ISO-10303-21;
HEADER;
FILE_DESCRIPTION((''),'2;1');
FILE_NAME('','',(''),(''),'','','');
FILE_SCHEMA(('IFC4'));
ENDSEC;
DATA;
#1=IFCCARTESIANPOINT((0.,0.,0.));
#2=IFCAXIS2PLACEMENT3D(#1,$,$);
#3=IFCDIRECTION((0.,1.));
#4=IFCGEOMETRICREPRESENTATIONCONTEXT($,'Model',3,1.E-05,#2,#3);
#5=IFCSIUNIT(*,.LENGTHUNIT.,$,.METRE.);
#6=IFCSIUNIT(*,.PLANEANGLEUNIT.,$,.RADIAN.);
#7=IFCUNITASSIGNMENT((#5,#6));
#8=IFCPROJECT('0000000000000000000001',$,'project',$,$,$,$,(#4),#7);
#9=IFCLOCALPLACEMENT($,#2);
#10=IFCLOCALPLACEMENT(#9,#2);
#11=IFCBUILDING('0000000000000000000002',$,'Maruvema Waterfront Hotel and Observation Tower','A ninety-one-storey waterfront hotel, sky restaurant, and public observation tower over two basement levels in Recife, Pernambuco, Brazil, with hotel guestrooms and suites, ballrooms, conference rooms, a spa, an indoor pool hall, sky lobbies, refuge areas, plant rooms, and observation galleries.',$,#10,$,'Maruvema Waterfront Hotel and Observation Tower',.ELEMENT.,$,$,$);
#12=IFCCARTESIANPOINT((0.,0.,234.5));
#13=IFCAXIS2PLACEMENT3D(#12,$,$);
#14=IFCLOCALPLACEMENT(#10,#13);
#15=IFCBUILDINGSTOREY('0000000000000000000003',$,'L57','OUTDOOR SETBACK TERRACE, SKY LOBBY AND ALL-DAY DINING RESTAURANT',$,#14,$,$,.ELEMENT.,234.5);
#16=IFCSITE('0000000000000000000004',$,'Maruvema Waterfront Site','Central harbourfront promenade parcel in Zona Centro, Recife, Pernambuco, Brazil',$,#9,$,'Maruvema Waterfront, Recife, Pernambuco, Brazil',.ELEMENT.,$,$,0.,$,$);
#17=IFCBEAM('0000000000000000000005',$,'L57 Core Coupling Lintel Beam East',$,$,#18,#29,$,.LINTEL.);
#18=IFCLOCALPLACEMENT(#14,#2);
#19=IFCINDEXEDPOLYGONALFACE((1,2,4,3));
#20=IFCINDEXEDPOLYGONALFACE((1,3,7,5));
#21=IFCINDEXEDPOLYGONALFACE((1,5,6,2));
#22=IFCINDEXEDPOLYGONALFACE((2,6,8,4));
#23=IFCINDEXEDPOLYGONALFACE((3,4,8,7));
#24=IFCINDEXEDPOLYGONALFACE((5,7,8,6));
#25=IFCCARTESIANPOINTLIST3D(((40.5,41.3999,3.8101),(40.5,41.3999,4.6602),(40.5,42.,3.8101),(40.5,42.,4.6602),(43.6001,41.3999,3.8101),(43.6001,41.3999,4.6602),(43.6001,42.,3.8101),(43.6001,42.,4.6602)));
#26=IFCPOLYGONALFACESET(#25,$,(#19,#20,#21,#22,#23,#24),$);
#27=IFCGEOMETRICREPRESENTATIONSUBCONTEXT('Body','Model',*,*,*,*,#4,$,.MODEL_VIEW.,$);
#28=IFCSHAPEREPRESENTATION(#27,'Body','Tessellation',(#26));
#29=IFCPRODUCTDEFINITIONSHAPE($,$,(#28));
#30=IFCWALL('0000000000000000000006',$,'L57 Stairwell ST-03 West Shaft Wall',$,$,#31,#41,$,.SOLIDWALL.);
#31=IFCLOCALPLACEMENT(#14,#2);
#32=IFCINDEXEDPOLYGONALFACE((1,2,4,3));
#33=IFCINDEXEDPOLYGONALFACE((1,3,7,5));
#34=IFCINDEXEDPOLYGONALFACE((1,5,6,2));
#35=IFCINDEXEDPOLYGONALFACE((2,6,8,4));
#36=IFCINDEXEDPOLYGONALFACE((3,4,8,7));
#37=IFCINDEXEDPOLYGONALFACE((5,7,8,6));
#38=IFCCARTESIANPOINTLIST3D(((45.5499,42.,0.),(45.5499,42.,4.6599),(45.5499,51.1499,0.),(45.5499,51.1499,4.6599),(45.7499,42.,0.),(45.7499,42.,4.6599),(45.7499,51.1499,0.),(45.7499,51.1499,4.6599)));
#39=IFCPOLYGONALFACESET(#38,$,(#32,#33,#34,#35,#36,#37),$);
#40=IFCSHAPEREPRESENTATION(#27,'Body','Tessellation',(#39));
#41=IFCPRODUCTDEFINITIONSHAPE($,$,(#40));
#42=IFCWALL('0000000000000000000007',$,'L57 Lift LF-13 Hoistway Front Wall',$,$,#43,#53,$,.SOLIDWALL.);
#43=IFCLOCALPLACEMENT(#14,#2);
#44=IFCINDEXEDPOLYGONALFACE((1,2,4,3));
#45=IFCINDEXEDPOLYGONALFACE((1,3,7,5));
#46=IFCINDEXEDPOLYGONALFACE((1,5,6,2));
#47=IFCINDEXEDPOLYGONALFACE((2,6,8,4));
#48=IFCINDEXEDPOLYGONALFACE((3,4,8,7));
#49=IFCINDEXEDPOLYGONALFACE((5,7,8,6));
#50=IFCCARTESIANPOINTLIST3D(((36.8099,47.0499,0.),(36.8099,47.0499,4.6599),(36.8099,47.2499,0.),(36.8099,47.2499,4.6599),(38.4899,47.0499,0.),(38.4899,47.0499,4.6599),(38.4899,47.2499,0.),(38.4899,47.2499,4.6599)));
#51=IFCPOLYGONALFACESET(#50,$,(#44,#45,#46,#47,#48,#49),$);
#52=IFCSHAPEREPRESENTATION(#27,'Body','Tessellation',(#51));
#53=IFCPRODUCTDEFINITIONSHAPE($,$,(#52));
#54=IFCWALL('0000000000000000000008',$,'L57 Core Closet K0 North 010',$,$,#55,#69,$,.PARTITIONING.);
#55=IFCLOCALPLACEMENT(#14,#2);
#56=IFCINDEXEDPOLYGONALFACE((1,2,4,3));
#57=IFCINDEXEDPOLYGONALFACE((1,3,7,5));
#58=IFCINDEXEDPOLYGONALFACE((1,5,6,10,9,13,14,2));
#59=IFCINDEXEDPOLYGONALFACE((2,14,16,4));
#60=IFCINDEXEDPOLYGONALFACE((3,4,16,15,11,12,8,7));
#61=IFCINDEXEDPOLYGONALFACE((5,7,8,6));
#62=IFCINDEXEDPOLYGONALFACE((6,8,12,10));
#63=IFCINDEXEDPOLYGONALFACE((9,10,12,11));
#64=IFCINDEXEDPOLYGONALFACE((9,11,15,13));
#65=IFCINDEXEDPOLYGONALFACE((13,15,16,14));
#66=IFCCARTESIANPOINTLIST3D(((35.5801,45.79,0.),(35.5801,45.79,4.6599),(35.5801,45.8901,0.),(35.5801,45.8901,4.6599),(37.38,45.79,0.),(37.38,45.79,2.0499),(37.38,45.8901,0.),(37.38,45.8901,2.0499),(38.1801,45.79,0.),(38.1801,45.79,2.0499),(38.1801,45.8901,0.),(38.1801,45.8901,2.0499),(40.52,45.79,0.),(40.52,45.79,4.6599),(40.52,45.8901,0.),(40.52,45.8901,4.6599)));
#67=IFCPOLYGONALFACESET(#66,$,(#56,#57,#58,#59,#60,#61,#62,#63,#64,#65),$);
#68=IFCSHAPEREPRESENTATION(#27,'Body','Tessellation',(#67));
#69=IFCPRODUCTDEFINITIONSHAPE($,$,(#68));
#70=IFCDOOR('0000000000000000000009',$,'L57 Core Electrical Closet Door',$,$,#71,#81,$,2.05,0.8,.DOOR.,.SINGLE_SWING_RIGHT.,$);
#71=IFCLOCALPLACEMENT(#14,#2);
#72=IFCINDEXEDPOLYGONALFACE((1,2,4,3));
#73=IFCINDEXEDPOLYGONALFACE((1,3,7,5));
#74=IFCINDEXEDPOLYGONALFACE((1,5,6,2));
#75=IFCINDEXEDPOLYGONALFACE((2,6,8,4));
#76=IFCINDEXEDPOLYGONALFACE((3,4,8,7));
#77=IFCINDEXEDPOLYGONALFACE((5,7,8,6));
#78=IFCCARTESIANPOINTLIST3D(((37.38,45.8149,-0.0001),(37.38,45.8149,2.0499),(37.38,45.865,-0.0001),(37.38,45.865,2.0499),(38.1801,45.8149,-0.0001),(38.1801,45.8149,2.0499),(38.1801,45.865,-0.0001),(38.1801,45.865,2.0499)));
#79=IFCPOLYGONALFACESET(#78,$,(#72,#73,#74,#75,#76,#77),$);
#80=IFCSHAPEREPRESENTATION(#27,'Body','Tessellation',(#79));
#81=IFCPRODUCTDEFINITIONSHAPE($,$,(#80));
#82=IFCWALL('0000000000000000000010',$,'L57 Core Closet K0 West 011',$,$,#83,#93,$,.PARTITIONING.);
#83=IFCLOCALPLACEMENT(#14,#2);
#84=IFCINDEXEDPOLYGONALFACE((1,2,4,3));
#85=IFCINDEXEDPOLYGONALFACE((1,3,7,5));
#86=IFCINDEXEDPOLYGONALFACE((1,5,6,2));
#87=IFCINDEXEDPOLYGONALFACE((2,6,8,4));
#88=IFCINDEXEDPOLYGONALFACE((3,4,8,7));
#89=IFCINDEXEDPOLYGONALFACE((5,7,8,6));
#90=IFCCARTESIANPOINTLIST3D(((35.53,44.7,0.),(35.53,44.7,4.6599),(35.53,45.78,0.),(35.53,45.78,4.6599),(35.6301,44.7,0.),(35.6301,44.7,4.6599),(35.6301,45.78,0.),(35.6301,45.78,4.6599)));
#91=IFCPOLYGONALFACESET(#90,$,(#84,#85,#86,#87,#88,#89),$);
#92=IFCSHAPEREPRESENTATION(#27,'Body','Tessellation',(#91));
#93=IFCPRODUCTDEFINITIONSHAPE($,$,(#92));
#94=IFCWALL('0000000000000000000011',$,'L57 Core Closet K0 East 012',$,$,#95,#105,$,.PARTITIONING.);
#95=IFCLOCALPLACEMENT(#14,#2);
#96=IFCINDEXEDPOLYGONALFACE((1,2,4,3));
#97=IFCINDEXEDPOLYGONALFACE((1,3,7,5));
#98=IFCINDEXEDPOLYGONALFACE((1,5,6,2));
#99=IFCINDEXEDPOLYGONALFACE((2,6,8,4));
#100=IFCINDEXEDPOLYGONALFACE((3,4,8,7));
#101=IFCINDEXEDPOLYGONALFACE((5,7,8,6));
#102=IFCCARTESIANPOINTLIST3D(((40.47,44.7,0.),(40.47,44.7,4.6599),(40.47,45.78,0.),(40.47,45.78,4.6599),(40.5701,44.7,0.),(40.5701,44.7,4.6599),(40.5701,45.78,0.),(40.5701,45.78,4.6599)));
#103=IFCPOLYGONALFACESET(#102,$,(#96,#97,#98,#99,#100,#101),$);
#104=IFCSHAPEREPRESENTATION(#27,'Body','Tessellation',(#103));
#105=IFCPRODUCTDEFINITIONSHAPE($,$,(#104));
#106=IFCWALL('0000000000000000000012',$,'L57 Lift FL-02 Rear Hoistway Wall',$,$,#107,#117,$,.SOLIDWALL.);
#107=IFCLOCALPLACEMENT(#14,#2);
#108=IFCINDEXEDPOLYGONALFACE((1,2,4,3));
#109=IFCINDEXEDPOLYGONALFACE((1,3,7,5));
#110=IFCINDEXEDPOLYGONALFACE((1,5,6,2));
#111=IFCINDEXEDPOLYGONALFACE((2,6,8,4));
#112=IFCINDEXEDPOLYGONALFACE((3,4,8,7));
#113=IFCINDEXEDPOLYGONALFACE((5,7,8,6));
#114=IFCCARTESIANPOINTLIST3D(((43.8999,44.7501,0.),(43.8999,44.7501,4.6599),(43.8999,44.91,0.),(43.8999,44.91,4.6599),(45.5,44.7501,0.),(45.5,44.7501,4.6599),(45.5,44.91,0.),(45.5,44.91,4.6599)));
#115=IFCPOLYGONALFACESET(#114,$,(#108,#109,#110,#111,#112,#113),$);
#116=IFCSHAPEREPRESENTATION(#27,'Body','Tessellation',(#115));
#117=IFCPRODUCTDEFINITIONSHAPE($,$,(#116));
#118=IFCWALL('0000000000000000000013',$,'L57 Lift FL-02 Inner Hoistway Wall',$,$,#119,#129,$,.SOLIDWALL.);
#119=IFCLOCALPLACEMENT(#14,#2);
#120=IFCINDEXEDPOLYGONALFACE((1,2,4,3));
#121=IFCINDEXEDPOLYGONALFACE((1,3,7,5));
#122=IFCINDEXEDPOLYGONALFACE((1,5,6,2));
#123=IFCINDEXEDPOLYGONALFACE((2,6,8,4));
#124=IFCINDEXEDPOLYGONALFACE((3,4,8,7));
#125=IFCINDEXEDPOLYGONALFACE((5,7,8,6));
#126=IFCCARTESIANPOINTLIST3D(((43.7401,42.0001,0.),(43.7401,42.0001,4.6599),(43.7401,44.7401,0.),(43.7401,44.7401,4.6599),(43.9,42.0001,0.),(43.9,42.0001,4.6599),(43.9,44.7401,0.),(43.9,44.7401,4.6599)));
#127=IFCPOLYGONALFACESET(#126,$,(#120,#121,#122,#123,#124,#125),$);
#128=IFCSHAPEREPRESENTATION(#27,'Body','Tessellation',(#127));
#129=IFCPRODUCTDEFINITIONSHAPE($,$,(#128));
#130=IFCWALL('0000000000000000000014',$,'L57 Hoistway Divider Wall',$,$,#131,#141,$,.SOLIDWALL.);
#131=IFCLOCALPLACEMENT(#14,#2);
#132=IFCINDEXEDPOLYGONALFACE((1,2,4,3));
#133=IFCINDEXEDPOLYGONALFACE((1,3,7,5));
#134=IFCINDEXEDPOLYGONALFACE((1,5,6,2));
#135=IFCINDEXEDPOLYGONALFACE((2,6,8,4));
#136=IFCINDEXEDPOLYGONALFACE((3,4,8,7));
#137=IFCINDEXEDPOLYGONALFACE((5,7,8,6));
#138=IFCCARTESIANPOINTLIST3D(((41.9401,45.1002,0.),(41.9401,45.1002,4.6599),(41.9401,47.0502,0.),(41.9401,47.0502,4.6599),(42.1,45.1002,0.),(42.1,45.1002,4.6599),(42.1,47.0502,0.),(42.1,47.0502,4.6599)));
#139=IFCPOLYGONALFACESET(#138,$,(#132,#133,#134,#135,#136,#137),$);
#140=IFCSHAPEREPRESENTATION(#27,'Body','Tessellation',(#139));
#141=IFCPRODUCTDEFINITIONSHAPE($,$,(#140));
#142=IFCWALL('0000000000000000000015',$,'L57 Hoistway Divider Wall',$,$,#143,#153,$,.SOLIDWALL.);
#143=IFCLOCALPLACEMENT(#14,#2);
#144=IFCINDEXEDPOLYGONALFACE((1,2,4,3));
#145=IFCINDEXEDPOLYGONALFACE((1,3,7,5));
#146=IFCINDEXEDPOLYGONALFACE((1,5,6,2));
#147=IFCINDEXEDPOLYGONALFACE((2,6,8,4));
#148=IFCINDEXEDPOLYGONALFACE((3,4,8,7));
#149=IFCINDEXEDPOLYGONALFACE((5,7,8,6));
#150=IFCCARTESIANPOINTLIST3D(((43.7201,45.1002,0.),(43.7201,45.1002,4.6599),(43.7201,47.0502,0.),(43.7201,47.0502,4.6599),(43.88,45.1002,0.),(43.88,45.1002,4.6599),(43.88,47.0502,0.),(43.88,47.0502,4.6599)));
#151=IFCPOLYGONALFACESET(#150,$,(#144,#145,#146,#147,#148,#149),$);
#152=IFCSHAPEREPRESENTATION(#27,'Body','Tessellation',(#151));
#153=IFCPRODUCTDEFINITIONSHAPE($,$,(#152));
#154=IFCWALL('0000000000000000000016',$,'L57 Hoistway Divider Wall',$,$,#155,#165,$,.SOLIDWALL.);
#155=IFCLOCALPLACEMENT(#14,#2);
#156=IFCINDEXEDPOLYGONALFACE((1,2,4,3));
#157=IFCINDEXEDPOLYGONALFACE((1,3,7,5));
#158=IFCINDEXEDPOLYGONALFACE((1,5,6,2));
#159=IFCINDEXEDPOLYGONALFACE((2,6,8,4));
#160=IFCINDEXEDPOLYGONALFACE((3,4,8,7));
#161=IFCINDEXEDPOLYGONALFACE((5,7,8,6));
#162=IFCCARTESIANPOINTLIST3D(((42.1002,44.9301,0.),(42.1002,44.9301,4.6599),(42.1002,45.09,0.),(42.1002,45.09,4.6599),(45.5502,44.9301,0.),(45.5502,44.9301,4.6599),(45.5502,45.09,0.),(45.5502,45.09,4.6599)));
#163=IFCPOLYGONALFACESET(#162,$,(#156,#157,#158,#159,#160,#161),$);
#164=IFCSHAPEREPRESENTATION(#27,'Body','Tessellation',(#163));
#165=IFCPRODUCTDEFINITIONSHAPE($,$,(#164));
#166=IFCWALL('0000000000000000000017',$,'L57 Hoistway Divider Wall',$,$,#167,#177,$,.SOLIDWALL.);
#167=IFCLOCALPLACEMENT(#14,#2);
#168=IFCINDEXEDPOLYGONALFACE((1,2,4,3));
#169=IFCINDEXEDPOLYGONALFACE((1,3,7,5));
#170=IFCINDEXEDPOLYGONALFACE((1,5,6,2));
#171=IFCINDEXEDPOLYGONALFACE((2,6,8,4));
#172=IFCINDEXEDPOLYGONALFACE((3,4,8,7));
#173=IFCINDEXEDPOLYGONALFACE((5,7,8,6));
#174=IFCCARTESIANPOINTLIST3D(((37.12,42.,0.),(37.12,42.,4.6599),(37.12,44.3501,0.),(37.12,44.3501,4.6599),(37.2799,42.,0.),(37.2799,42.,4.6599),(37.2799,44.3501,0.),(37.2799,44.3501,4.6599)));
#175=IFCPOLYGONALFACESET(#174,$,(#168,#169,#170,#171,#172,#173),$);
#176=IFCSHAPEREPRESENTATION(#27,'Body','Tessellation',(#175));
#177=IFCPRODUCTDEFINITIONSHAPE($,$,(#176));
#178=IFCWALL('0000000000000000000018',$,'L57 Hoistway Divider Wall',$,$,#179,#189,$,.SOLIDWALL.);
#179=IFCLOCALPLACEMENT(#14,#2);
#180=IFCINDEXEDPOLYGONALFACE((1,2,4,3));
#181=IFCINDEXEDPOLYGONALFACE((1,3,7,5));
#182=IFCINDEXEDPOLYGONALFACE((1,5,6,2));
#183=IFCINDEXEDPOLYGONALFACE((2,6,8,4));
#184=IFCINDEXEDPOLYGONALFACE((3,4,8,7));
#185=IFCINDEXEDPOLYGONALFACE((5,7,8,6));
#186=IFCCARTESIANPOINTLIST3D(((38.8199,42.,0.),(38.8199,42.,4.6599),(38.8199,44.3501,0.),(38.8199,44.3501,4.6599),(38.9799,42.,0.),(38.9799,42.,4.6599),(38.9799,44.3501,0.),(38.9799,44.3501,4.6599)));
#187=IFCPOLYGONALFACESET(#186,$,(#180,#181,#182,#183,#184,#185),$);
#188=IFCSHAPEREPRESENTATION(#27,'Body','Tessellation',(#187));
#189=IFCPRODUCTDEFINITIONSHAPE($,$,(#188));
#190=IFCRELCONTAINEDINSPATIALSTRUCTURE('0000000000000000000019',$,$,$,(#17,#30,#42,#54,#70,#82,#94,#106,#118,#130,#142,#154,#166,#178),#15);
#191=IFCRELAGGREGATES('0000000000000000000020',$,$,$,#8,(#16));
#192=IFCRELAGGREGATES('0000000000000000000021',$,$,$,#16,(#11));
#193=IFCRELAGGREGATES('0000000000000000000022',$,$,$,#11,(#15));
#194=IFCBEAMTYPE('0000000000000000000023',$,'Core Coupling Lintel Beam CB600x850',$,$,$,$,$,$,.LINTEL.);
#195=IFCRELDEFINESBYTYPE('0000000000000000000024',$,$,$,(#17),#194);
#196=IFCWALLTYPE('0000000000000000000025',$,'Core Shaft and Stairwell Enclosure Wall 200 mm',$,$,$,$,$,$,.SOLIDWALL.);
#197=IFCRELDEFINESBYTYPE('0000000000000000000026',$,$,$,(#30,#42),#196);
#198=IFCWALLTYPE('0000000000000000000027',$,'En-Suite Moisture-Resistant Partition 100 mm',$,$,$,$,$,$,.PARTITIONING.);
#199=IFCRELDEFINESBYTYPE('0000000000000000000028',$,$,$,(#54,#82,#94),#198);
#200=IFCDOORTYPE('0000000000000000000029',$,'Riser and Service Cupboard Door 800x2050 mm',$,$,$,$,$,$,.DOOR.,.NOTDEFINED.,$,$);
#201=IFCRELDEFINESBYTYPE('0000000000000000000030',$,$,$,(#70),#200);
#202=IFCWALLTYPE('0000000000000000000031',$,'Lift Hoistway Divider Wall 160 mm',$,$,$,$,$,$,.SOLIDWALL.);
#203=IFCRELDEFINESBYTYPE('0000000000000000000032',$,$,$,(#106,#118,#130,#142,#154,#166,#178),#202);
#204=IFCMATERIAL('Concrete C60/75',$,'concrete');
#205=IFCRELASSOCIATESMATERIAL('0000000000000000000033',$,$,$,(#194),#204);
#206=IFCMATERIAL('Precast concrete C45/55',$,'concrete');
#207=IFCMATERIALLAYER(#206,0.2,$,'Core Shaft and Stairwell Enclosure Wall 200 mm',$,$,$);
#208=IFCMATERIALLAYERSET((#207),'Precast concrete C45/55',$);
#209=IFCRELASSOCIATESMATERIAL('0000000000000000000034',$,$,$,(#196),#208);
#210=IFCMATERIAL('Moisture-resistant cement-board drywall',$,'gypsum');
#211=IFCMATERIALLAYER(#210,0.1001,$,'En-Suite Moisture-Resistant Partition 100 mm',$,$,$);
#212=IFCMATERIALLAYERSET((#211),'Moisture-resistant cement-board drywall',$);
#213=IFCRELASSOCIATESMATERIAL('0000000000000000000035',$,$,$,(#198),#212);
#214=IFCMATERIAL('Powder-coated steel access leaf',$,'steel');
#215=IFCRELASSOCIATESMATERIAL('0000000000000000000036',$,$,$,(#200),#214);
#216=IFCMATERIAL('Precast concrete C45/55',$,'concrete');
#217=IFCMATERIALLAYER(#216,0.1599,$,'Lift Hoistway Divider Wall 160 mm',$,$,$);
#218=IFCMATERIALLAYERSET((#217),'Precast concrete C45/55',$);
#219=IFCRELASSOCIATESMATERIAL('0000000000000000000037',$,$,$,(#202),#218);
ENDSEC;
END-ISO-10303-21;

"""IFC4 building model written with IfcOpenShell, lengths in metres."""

from ifc_helpers import new_model, si_unit, direction, frame, frame_2d, origin, origin_2d, place, context, subcontext, project, spatial, rectangle, extrude, material, layer, layer_set, material_profile, profile_set, type_object, element, fill, save


model = new_model("IFC4")

# Units and contexts
model_context = context("Model", 3, precision=1e-05, world=origin(), true_north=direction((0.0, 1.0)))
body_context = subcontext(model_context, "Body", "Model", "MODEL_VIEW")
ifc_project = project(units=[si_unit("LENGTHUNIT", "METRE"), si_unit("PLANEANGLEUNIT", "RADIAN")], contexts=[model_context])

# Site, building, storey
site_placement = place(None, origin())
site = spatial("IfcSite", under=ifc_project, at=site_placement, Name="Maruvema Waterfront Site", Description="Central harbourfront promenade parcel in Zona Centro, Recife, Pernambuco, Brazil", LongName="Maruvema Waterfront, Recife, Pernambuco, Brazil", CompositionType="ELEMENT", RefElevation=0.0)
building_placement = place(site_placement, origin())
building = spatial("IfcBuilding", under=site, at=building_placement, Name="Maruvema Waterfront Hotel and Observation Tower", Description="A ninety-one-storey waterfront hotel, sky restaurant, and public observation tower over two basement levels in Recife, Pernambuco, Brazil, with hotel guestrooms and suites, ballrooms, conference rooms, a spa, an indoor pool hall, sky lobbies, refuge areas, plant rooms, and observation galleries.", LongName="Maruvema Waterfront Hotel and Observation Tower", CompositionType="ELEMENT")
storey_placement = place(building_placement, frame((0.0, 0.0, 234.5)))
storey = spatial("IfcBuildingStorey", under=building, at=storey_placement, Name="L57", Description="OUTDOOR SETBACK TERRACE, SKY LOBBY AND ALL-DAY DINING RESTAURANT", CompositionType="ELEMENT", Elevation=234.5)

# Beam
ifc_material_1 = material(Name="Concrete C60/75", Category="concrete")
ifc_material_profile = material_profile(ifc_material_1, rectangle(XDim=0.6001, YDim=0.8501, at=origin_2d()), Name="CB600x850")
ifc_profile_set = profile_set([ifc_material_profile], Name="Concrete C60/75")
beam_type = type_object("IfcBeamType", Name="Core Coupling Lintel Beam CB600x850", PredefinedType="LINTEL", material=ifc_profile_set)
beam_placement = place(storey_placement, frame((40.5, 41.7, 4.2351), z_axis=(1.0, 0.0, 0.0), x_axis=(0.0, 1.0, 0.0)))
element("IfcBeam", 1, at=beam_placement, inside=storey, type_object=beam_type, Name="L57 Core Coupling Lintel Beam East", PredefinedType="LINTEL", context=body_context, shape_type="SweptSolid", body=[
    extrude(rectangle(XDim=0.6001, YDim=0.8501, at=origin_2d()), origin(), (0.0, 0.0, 1.0), 3.1001),
])

# Wall
ifc_material_2 = material(Name="Precast concrete C45/55", Category="concrete")
ifc_layer_1 = layer(ifc_material_2, 0.2, Name="Core Shaft and Stairwell Enclosure Wall 200 mm")
ifc_layer_set_1 = layer_set([ifc_layer_1], Name="Precast concrete C45/55")
wall_type_1 = type_object("IfcWallType", Name="Core Shaft and Stairwell Enclosure Wall 200 mm", PredefinedType="SOLIDWALL", material=ifc_layer_set_1)
wall_1_placement = place(storey_placement, frame((45.6499, 42.0, 0.0), z_axis=(0.0, 0.0, 1.0), x_axis=(0.0, 1.0, 0.0)))
element("IfcWall", 2, at=wall_1_placement, inside=storey, type_object=wall_type_1, Name="L57 Stairwell ST-03 West Shaft Wall", PredefinedType="SOLIDWALL", context=body_context, shape_type="SweptSolid", body=[
    extrude(rectangle(XDim=9.1499, YDim=0.2, at=frame_2d((4.575, 0.0))), origin(), (0.0, 0.0, 1.0), 4.6599),
])

# Wall
wall_2_placement = place(storey_placement, frame((36.8101, 47.1499, 0.0), z_axis=(0.0, 0.0, 1.0), x_axis=(1.0, 0.0, 0.0)))
element("IfcWall", 3, at=wall_2_placement, inside=storey, type_object=wall_type_1, Name="L57 Lift LF-13 Hoistway Front Wall", PredefinedType="SOLIDWALL", context=body_context, shape_type="SweptSolid", body=[
    extrude(rectangle(XDim=1.6799, YDim=0.2, at=frame_2d((0.8398, 0.0))), origin(), (0.0, 0.0, 1.0), 4.6599),
])

# Wall, opening, door
ifc_material_3 = material(Name="Moisture-resistant cement-board drywall", Category="gypsum")
ifc_layer_2 = layer(ifc_material_3, 0.1001, Name="En-Suite Moisture-Resistant Partition 100 mm")
ifc_layer_set_2 = layer_set([ifc_layer_2], Name="Moisture-resistant cement-board drywall")
wall_type_2 = type_object("IfcWallType", Name="En-Suite Moisture-Resistant Partition 100 mm", PredefinedType="PARTITIONING", material=ifc_layer_set_2)
wall_3_placement = place(storey_placement, frame((35.5801, 45.8401, 0.0), z_axis=(0.0, 0.0, 1.0), x_axis=(1.0, 0.0, 0.0)))
wall_3 = element("IfcWall", 4, at=wall_3_placement, inside=storey, type_object=wall_type_2, Name="L57 Core Closet K0 North 010", PredefinedType="PARTITIONING", context=body_context, shape_type="SweptSolid", body=[
    extrude(rectangle(XDim=4.9399, YDim=0.1001, at=frame_2d((2.47, 0.0))), origin(), (0.0, 0.0, 1.0), 4.6599),
])
opening_1_placement = place(wall_3_placement, frame((1.8, 0.0, 0.0)))
opening_1 = element("IfcOpeningElement", 5, at=opening_1_placement, cuts=wall_3, PredefinedType="OPENING", context=body_context, shape_type="SweptSolid", body=[
    extrude(rectangle(XDim=0.8, YDim=2.05, at=frame_2d((0.3999, 1.0249))), frame((0.0, 0.0601, 0.0), z_axis=(0.0, -1.0, 0.0), x_axis=(1.0, 0.0, 0.0)), (0.0, 0.0, 1.0), 0.1201),
])
ifc_material_4 = material(Name="Powder-coated steel access leaf", Category="steel")
door_type_1 = type_object("IfcDoorType", Name="Riser and Service Cupboard Door 800x2050 mm", OperationType="NOTDEFINED", PredefinedType="DOOR", material=ifc_material_4)
door_1_placement = place(opening_1_placement, origin())
door_1 = element("IfcDoor", 6, at=door_1_placement, inside=storey, type_object=door_type_1, Name="L57 Core Electrical Closet Door", OperationType="SINGLE_SWING_RIGHT", OverallHeight=2.05, OverallWidth=0.8, PredefinedType="DOOR", context=body_context, shape_type="SweptSolid", body=[
    extrude(rectangle(XDim=0.8, YDim=2.05, at=frame_2d((0.3999, 1.0249))), frame((0.0, 0.0249, 0.0), z_axis=(0.0, -1.0, 0.0), x_axis=(1.0, 0.0, 0.0)), (0.0, 0.0, 1.0), 0.05),
])
fill(opening_1, door_1)

# Walls
for number, where, z_axis, x_axis, name in (
    (7, (35.5801, 44.7, 0.0), (0.0, 0.0, 1.0), (0.0, 1.0, 0.0), "L57 Core Closet K0 West 011"),
    (8, (40.52, 44.7, 0.0), (0.0, 0.0, 1.0), (0.0, 1.0, 0.0), "L57 Core Closet K0 East 012"),
):
    element("IfcWall", number, at=place(storey_placement, frame(where, z_axis=z_axis, x_axis=x_axis)), inside=storey, type_object=wall_type_2, Name=name, PredefinedType="PARTITIONING", context=body_context, shape_type="SweptSolid", body=[
        extrude(rectangle(XDim=1.0801, YDim=0.1001, at=frame_2d((0.54, 0.0))), origin(), (0.0, 0.0, 1.0), 4.6599),
    ])
ifc_material_5 = material(Name="Precast concrete C45/55", Category="concrete")
ifc_layer_3 = layer(ifc_material_5, 0.1599, Name="Lift Hoistway Divider Wall 160 mm")
ifc_layer_set_3 = layer_set([ifc_layer_3], Name="Precast concrete C45/55")
wall_type_3 = type_object("IfcWallType", Name="Lift Hoistway Divider Wall 160 mm", PredefinedType="SOLIDWALL", material=ifc_layer_set_3)
wall_4_placement = place(storey_placement, frame((43.8999, 44.8301, 0.0), z_axis=(0.0, 0.0, 1.0), x_axis=(1.0, 0.0, 0.0)))
element("IfcWall", 9, at=wall_4_placement, inside=storey, type_object=wall_type_3, Name="L57 Lift FL-02 Rear Hoistway Wall", PredefinedType="SOLIDWALL", context=body_context, shape_type="SweptSolid", body=[
    extrude(rectangle(XDim=1.6001, YDim=0.1599, at=frame_2d((0.8, 0.0))), origin(), (0.0, 0.0, 1.0), 4.6599),
])
wall_5_placement = place(storey_placement, frame((43.8201, 42.0, 0.0), z_axis=(0.0, 0.0, 1.0), x_axis=(0.0, 1.0, 0.0)))
element("IfcWall", 10, at=wall_5_placement, inside=storey, type_object=wall_type_3, Name="L57 Lift FL-02 Inner Hoistway Wall", PredefinedType="SOLIDWALL", context=body_context, shape_type="SweptSolid", body=[
    extrude(rectangle(XDim=2.74, YDim=0.1599, at=frame_2d((1.3701, 0.0))), origin(), (0.0, 0.0, 1.0), 4.6599),
])
for number, where, z_axis, x_axis, name in (
    (11, (42.02, 45.1001, 0.0), (0.0, 0.0, 1.0), (0.0, 1.0, 0.0), "L57 Hoistway Divider Wall"),
    (12, (43.8, 45.1001, 0.0), (0.0, 0.0, 1.0), (0.0, 1.0, 0.0), "L57 Hoistway Divider Wall"),
):
    element("IfcWall", number, at=place(storey_placement, frame(where, z_axis=z_axis, x_axis=x_axis)), inside=storey, type_object=wall_type_3, Name=name, PredefinedType="SOLIDWALL", context=body_context, shape_type="SweptSolid", body=[
        extrude(rectangle(XDim=1.95, YDim=0.1599, at=frame_2d((0.9751, 0.0))), origin(), (0.0, 0.0, 1.0), 4.6599),
    ])
wall_6_placement = place(storey_placement, frame((42.1001, 45.01, 0.0), z_axis=(0.0, 0.0, 1.0), x_axis=(1.0, 0.0, 0.0)))
element("IfcWall", 13, at=wall_6_placement, inside=storey, type_object=wall_type_3, Name="L57 Hoistway Divider Wall", PredefinedType="SOLIDWALL", context=body_context, shape_type="SweptSolid", body=[
    extrude(rectangle(XDim=3.45, YDim=0.1599, at=frame_2d((1.7251, 0.0))), origin(), (0.0, 0.0, 1.0), 4.6599),
])
for number, where, z_axis, x_axis, name in (
    (14, (37.2, 42.0, 0.0), (0.0, 0.0, 1.0), (0.0, 1.0, 0.0), "L57 Hoistway Divider Wall"),
    (15, (38.8999, 42.0, 0.0), (0.0, 0.0, 1.0), (0.0, 1.0, 0.0), "L57 Hoistway Divider Wall"),
):
    element("IfcWall", number, at=place(storey_placement, frame(where, z_axis=z_axis, x_axis=x_axis)), inside=storey, type_object=wall_type_3, Name=name, PredefinedType="SOLIDWALL", context=body_context, shape_type="SweptSolid", body=[
        extrude(rectangle(XDim=2.3501, YDim=0.1599, at=frame_2d((1.175, 0.0))), origin(), (0.0, 0.0, 1.0), 4.6599),
    ])

save(model, "model.ifc")
